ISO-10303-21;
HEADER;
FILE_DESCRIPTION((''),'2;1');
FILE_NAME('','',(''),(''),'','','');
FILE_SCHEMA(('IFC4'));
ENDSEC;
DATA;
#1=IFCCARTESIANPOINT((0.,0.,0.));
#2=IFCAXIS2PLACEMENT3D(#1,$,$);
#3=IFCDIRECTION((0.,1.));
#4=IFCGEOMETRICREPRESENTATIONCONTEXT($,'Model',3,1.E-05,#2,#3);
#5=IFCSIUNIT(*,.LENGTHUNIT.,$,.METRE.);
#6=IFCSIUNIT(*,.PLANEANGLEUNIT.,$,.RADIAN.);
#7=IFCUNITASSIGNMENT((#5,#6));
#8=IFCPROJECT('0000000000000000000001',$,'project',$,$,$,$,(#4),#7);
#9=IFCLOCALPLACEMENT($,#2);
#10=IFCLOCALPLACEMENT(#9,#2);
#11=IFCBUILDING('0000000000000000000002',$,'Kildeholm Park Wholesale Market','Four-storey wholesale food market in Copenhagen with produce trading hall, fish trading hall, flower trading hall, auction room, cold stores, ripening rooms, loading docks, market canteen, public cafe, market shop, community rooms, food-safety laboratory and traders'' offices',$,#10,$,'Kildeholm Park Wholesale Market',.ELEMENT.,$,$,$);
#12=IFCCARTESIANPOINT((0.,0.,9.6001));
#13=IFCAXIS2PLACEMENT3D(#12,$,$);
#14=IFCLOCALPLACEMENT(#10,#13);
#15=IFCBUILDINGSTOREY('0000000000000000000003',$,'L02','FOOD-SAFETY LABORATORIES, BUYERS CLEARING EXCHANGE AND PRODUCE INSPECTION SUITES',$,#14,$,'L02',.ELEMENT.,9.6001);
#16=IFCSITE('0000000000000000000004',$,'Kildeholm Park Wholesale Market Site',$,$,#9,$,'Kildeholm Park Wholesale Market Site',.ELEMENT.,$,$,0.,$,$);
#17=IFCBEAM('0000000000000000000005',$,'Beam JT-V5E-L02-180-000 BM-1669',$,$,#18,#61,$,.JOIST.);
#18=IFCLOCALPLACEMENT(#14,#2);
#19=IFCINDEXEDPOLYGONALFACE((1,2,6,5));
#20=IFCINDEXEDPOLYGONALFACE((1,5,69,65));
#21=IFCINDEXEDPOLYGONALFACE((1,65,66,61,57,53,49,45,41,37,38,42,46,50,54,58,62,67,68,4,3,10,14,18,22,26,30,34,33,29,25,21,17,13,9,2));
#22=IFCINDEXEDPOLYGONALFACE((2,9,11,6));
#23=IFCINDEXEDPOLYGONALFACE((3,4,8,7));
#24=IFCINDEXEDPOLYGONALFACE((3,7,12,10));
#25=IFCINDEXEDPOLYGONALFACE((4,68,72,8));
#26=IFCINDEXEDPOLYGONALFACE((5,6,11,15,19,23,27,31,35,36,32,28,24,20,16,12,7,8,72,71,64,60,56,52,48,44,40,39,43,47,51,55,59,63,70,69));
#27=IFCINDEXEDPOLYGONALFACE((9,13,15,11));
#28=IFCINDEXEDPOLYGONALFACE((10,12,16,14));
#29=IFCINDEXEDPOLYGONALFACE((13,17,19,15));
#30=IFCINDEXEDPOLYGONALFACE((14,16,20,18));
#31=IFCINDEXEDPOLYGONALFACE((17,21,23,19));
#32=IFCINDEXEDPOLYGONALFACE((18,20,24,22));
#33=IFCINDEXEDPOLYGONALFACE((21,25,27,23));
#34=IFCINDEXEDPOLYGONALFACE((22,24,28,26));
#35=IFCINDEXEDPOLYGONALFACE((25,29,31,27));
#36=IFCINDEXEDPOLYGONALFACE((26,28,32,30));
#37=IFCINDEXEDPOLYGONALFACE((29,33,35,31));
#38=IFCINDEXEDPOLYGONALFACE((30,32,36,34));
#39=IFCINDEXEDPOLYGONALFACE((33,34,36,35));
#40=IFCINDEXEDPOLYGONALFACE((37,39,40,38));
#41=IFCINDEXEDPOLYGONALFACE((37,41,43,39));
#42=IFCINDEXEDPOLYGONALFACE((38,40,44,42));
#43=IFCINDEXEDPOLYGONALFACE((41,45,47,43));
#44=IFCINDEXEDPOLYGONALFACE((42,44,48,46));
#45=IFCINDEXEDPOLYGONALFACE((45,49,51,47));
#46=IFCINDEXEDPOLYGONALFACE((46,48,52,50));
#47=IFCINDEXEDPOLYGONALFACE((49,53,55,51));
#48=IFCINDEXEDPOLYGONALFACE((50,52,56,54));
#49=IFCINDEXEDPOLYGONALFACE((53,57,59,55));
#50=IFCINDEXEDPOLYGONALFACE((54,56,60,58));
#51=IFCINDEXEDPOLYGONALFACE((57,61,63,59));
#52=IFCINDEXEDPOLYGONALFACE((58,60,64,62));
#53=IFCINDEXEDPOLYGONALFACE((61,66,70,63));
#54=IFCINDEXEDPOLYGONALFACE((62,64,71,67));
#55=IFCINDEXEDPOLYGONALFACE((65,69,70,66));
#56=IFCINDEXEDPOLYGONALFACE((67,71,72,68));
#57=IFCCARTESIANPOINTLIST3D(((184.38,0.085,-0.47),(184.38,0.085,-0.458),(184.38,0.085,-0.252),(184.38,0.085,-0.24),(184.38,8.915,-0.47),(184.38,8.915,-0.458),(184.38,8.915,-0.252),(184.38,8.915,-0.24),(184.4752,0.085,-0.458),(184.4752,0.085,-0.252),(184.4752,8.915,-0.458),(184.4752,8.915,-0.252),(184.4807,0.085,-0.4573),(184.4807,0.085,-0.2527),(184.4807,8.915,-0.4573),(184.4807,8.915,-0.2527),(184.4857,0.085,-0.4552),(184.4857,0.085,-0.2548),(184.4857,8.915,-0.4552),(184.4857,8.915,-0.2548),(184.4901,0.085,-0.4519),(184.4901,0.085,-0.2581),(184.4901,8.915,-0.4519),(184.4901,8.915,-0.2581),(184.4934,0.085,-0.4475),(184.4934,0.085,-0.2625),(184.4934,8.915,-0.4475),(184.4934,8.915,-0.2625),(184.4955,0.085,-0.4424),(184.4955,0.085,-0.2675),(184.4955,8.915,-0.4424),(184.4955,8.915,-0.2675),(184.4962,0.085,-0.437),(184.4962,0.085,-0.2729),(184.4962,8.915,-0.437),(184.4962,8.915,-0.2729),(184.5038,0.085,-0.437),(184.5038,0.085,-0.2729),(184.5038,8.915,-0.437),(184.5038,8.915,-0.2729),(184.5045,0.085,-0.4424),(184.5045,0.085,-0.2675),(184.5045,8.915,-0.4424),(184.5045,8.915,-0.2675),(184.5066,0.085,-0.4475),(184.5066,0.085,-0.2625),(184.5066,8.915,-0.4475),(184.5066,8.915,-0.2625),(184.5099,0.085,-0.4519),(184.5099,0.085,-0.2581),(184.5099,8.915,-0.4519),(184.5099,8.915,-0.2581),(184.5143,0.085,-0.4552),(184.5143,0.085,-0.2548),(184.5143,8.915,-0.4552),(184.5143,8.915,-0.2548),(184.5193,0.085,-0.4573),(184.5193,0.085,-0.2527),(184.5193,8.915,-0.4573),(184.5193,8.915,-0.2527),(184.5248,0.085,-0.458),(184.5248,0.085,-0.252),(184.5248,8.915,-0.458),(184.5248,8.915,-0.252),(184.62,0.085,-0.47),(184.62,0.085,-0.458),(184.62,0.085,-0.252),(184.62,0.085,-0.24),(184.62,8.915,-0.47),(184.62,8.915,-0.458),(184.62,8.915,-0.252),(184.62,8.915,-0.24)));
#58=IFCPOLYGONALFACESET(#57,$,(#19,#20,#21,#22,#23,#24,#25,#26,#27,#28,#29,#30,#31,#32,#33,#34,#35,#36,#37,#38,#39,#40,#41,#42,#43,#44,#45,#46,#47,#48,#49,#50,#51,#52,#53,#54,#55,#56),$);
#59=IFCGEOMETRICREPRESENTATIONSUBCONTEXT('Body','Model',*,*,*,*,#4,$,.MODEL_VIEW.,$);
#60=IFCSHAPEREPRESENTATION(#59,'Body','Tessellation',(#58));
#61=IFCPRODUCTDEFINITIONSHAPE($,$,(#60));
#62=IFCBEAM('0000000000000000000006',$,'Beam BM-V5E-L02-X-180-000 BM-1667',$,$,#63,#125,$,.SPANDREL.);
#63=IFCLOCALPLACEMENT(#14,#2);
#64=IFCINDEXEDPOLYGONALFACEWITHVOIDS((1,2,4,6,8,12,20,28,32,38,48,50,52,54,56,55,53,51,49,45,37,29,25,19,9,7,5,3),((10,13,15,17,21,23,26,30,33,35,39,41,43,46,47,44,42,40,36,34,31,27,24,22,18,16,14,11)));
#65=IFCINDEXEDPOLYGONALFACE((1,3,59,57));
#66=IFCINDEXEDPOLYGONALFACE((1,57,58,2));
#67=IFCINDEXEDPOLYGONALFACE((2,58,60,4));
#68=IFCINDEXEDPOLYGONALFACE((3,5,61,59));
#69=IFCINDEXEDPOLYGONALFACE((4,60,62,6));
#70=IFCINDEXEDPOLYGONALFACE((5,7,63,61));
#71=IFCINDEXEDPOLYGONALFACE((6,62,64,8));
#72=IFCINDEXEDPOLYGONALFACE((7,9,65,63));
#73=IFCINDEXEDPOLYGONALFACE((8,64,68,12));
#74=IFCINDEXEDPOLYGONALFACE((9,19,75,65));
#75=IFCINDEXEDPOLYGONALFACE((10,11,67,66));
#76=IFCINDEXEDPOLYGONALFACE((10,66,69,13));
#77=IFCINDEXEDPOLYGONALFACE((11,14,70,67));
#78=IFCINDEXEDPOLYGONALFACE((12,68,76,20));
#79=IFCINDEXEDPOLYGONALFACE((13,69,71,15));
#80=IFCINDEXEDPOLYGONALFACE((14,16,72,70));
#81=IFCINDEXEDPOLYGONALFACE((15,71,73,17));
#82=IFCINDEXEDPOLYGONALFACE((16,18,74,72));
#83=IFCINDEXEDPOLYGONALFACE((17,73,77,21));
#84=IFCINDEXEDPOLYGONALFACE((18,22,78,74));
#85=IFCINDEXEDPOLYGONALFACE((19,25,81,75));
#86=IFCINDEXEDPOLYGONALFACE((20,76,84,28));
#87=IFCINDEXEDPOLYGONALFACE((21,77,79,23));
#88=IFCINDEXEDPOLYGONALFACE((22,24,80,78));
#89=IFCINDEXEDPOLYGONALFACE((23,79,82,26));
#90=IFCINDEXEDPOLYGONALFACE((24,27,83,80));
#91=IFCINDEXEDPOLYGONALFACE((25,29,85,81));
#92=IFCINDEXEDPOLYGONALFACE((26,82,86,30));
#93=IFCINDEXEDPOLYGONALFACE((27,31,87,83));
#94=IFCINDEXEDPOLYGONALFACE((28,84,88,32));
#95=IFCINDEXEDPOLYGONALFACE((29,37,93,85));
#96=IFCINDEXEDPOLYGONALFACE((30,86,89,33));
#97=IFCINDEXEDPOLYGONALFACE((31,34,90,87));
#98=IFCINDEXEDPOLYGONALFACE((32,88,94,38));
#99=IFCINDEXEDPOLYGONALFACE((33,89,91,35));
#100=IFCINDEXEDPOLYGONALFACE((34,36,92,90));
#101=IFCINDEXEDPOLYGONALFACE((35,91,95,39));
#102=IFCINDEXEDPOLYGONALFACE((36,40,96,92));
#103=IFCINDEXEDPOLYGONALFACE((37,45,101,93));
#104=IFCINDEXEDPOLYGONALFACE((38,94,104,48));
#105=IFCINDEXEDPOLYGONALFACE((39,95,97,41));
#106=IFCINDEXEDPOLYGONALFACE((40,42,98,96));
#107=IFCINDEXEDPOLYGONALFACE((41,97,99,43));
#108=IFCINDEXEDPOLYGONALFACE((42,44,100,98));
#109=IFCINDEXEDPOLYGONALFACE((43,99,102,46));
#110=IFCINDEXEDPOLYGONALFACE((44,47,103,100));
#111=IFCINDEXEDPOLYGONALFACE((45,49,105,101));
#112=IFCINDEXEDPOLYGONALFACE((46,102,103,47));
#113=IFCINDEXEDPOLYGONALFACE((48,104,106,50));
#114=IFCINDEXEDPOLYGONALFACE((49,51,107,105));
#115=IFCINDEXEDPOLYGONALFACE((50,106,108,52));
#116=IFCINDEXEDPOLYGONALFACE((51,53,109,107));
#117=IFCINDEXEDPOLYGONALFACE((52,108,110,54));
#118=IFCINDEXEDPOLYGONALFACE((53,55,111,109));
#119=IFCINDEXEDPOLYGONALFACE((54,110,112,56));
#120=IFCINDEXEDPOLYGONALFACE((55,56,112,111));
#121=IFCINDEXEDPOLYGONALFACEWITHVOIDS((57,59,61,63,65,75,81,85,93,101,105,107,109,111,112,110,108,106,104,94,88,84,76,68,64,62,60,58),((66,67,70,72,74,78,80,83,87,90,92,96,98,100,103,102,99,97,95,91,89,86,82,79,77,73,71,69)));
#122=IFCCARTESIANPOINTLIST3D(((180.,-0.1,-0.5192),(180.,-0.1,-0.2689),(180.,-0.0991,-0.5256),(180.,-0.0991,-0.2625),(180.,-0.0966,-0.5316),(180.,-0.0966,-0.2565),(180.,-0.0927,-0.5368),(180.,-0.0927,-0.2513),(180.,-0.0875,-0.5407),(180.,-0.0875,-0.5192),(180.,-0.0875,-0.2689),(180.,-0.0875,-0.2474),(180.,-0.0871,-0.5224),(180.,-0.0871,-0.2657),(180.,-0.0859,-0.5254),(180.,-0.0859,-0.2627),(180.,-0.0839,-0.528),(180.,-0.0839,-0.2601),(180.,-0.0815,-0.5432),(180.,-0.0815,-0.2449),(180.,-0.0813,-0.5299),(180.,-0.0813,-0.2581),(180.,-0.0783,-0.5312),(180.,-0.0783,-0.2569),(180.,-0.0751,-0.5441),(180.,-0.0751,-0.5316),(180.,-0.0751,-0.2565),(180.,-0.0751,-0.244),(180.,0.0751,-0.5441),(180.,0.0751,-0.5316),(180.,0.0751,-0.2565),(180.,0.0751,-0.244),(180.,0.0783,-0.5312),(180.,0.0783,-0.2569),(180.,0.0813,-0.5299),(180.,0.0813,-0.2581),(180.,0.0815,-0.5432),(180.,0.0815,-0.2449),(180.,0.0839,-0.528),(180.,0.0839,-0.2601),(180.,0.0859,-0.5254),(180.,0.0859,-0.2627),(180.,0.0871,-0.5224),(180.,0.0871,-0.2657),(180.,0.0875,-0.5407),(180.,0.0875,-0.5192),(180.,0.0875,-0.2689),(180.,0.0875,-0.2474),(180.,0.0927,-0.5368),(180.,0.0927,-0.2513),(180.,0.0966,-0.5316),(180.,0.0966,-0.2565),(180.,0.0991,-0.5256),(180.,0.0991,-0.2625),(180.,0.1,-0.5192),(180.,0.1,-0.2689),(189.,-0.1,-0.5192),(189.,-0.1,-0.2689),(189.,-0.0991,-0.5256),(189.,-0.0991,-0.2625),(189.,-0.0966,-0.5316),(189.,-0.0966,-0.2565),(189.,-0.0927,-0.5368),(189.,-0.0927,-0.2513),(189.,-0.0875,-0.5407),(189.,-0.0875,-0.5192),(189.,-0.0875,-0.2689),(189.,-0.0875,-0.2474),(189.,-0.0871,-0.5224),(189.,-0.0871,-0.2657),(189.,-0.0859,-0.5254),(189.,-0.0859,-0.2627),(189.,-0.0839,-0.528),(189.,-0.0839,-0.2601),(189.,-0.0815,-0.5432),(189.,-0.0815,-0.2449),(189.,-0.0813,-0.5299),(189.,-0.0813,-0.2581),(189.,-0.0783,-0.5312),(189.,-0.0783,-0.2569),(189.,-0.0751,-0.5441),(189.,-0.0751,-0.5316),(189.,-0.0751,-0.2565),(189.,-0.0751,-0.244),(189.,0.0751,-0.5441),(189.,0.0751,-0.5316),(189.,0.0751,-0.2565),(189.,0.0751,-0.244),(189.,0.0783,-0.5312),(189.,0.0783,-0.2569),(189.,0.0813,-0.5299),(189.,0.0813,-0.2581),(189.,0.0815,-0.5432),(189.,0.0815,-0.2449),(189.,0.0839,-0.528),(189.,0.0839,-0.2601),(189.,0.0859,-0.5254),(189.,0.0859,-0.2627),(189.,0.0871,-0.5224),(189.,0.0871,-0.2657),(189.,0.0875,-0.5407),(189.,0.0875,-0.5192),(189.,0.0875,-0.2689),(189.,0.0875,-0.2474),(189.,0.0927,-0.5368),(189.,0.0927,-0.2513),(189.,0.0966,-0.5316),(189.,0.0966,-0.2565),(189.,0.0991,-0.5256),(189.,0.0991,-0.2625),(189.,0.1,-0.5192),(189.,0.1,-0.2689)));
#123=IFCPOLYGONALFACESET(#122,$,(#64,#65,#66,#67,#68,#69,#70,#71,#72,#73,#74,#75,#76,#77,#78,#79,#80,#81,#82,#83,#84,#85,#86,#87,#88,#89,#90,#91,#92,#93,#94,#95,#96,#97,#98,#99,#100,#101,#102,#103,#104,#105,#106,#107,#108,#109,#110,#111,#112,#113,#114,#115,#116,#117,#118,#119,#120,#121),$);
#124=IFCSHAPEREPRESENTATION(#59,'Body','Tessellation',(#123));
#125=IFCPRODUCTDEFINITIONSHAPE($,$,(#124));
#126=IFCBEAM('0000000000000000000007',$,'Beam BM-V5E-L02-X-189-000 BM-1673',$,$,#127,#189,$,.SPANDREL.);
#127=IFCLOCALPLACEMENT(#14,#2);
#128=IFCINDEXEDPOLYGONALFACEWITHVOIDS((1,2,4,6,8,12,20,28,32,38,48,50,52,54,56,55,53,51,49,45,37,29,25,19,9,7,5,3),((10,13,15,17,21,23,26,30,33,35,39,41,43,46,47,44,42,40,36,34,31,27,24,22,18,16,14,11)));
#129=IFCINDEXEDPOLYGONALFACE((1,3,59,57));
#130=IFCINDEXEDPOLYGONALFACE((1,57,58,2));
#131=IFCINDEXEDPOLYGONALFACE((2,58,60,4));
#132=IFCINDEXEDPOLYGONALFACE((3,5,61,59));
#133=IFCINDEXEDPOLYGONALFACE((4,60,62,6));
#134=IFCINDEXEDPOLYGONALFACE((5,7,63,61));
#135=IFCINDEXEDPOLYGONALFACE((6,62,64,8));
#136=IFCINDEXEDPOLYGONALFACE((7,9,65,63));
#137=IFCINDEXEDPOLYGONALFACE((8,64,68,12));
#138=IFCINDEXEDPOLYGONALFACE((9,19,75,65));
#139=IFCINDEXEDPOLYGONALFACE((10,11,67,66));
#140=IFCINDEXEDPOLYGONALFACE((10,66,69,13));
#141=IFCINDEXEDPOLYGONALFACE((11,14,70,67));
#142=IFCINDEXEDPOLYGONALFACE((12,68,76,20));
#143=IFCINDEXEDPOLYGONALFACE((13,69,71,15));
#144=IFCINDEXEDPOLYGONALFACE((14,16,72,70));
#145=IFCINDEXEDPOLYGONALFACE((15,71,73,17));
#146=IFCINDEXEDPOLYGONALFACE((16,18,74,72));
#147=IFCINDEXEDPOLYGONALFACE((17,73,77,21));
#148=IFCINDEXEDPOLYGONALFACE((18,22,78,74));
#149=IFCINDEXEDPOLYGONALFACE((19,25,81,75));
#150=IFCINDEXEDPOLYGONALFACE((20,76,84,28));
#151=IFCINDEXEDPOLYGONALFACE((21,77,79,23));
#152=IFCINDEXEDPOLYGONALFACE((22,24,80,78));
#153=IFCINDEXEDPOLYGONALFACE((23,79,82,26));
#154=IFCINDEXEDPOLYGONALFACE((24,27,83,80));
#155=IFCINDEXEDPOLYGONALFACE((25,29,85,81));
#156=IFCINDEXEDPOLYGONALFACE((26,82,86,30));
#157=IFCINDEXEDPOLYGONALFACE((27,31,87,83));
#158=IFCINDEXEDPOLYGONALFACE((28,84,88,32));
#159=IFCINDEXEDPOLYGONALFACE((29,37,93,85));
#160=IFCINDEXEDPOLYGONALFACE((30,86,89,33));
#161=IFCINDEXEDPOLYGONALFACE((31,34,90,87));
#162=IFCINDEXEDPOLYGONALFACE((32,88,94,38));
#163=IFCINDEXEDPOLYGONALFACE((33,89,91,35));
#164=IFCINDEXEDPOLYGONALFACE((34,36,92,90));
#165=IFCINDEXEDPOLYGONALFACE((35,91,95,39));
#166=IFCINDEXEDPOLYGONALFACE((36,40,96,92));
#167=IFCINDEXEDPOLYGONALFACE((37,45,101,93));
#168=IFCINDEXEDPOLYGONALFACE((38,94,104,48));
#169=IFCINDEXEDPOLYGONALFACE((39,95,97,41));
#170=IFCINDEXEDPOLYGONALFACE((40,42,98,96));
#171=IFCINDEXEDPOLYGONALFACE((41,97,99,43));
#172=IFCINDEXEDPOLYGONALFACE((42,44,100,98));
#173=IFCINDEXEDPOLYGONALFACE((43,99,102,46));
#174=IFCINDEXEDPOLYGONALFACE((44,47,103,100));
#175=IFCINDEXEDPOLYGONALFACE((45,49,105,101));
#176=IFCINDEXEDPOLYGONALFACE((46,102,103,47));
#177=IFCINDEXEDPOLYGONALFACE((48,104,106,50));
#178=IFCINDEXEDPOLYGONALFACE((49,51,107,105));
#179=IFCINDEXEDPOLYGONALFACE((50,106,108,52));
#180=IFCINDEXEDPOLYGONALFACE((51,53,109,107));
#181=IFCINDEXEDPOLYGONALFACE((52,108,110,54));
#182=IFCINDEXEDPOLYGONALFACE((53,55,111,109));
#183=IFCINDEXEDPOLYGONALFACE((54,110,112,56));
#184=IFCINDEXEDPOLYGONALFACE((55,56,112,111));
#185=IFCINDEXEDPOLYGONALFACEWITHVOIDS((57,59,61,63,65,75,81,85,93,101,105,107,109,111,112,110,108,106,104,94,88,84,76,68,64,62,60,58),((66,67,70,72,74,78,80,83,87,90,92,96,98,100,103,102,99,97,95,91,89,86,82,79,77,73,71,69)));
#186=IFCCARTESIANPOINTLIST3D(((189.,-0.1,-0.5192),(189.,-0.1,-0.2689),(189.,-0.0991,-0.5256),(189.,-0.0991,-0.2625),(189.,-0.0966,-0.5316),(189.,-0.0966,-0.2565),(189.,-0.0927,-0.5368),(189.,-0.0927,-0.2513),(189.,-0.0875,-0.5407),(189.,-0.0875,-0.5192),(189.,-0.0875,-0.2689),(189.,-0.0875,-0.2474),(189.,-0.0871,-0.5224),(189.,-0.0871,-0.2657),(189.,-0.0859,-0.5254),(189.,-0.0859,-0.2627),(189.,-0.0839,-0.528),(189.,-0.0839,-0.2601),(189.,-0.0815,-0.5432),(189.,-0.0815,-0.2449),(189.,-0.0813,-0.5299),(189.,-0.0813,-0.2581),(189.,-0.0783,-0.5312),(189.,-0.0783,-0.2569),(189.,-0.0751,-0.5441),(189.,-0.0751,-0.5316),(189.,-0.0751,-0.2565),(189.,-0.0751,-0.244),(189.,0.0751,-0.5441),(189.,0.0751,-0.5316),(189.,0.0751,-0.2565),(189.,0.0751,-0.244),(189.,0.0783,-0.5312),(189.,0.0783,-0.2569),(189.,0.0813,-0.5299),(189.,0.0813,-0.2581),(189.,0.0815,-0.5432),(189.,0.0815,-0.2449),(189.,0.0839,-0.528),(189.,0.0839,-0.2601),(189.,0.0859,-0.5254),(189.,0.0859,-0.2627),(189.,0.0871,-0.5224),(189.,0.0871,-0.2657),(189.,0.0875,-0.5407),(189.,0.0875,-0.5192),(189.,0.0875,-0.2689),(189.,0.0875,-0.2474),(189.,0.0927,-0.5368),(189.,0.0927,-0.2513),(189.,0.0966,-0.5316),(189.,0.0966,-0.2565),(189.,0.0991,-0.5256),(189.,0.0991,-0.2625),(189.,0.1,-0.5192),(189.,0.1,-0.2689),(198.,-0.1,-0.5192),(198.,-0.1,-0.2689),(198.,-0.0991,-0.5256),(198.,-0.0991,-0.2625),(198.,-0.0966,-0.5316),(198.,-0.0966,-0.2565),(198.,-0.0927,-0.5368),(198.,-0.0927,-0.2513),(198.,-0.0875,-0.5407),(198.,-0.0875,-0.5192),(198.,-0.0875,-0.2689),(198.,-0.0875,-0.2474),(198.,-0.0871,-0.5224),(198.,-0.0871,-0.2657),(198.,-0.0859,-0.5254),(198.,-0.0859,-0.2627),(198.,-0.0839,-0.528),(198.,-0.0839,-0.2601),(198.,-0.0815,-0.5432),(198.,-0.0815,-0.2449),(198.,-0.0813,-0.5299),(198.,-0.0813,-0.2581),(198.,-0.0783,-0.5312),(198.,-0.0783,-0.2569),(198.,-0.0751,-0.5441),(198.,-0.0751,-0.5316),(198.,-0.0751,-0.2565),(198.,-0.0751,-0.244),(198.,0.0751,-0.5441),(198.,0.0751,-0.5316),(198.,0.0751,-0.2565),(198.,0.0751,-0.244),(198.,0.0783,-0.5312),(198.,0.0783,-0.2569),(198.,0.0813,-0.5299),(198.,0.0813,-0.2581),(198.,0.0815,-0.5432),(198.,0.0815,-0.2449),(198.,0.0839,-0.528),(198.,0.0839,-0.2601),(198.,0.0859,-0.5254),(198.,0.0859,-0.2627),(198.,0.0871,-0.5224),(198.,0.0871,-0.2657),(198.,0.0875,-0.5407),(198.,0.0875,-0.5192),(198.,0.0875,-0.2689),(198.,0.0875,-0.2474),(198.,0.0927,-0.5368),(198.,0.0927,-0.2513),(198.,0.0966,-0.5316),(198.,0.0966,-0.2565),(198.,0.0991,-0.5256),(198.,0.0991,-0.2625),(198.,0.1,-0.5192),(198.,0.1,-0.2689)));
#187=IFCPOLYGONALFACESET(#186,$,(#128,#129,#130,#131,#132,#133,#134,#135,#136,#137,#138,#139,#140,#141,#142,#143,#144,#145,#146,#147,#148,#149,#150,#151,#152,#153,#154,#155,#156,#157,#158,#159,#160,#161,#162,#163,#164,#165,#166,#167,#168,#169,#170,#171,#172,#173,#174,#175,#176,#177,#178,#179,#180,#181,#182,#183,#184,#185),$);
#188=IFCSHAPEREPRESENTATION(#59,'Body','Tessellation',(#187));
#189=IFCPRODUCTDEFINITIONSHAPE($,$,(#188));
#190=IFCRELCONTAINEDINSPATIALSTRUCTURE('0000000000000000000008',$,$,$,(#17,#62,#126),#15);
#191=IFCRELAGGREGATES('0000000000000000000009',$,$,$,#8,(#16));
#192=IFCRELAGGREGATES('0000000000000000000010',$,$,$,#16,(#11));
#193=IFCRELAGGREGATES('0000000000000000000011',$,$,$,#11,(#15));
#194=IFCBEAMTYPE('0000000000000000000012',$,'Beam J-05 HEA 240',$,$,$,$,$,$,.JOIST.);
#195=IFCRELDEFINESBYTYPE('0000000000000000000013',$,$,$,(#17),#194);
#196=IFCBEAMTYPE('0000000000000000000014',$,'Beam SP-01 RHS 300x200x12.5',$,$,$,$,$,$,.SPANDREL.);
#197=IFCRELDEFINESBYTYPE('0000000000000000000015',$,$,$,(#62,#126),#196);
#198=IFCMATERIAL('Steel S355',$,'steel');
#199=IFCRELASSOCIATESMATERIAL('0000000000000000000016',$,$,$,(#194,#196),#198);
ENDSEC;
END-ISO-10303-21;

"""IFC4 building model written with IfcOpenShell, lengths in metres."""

from ifc_helpers import new_model, si_unit, direction, frame, origin, origin_2d, place, context, subcontext, project, spatial, hollow_rectangle, i_section, extrude, material, material_profile, profile_set, type_object, element, save


model = new_model("IFC4")

# Units and contexts
model_context = context("Model", 3, precision=1e-05, world=origin(), true_north=direction((0.0, 1.0)))
body_context = subcontext(model_context, "Body", "Model", "MODEL_VIEW")
ifc_project = project(units=[si_unit("LENGTHUNIT", "METRE"), si_unit("PLANEANGLEUNIT", "RADIAN")], contexts=[model_context])

# Site, building, storey
site_placement = place(None, origin())
site = spatial("IfcSite", under=ifc_project, at=site_placement, Name="Kildeholm Park Wholesale Market Site", LongName="Kildeholm Park Wholesale Market Site", CompositionType="ELEMENT", RefElevation=0.0)
building_placement = place(site_placement, origin())
building = spatial("IfcBuilding", under=site, at=building_placement, Name="Kildeholm Park Wholesale Market", Description="Four-storey wholesale food market in Copenhagen with produce trading hall, fish trading hall, flower trading hall, auction room, cold stores, ripening rooms, loading docks, market canteen, public cafe, market shop, community rooms, food-safety laboratory and traders' offices", LongName="Kildeholm Park Wholesale Market", CompositionType="ELEMENT")
storey_placement = place(building_placement, frame((0.0, 0.0, 9.6001)))
storey = spatial("IfcBuildingStorey", under=building, at=storey_placement, Name="L02", Description="FOOD-SAFETY LABORATORIES, BUYERS CLEARING EXCHANGE AND PRODUCE INSPECTION SUITES", LongName="L02", CompositionType="ELEMENT", Elevation=9.6001)

# Shared definitions
ifc_material_1 = material(Name="Steel S355", Category="steel")

# Beams
ifc_material_profile_1 = material_profile(ifc_material_1, i_section(OverallWidth=0.24, OverallDepth=0.23, WebThickness=0.0076, FlangeThickness=0.012, FilletRadius=0.021, at=origin_2d()), Name="HEA 240")
ifc_profile_set_1 = profile_set([ifc_material_profile_1], Name="Steel S355")
beam_type_1 = type_object("IfcBeamType", Name="Beam J-05 HEA 240", PredefinedType="JOIST", material=ifc_profile_set_1)
beam_placement = place(storey_placement, frame((184.5, 0.085, -0.355), z_axis=(0.0, 1.0, 0.0), x_axis=(-1.0, 0.0, 0.0)))
element("IfcBeam", 1, at=beam_placement, inside=storey, type_object=beam_type_1, Name="Beam JT-V5E-L02-180-000 BM-1669", PredefinedType="JOIST", context=body_context, shape_type="SweptSolid", body=[
    extrude(i_section(OverallWidth=0.24, OverallDepth=0.23, WebThickness=0.0076, FlangeThickness=0.012, FilletRadius=0.021, at=origin_2d()), origin(), (0.0, 0.0, 1.0), 8.8301),
])
ifc_material_profile_2 = material_profile(ifc_material_1, hollow_rectangle(XDim=0.2, YDim=0.3, WallThickness=0.0125, InnerFilletRadius=0.0125, OuterFilletRadius=0.0249, at=origin_2d()), Name="RHS 300x200x12.5")
ifc_profile_set_2 = profile_set([ifc_material_profile_2], Name="Steel S355")
beam_type_2 = type_object("IfcBeamType", Name="Beam SP-01 RHS 300x200x12.5", PredefinedType="SPANDREL", material=ifc_profile_set_2)
for number, where, z_axis, x_axis, name in (
    (2, (180.0, 0.0, -0.394), (1.0, 0.0, 0.0), (0.0, 1.0, 0.0), "Beam BM-V5E-L02-X-180-000 BM-1667"),
    (3, (189.0, 0.0, -0.394), (1.0, 0.0, 0.0), (0.0, 1.0, 0.0), "Beam BM-V5E-L02-X-189-000 BM-1673"),
):
    element("IfcBeam", number, at=place(storey_placement, frame(where, z_axis=z_axis, x_axis=x_axis)), inside=storey, type_object=beam_type_2, Name=name, PredefinedType="SPANDREL", context=body_context, shape_type="SweptSolid", body=[
        extrude(hollow_rectangle(XDim=0.2, YDim=0.3, WallThickness=0.0125, InnerFilletRadius=0.0125, OuterFilletRadius=0.0249, at=origin_2d()), origin(), (0.0, 0.0, 1.0), 9.0),
    ])

save(model, "model.ifc")
